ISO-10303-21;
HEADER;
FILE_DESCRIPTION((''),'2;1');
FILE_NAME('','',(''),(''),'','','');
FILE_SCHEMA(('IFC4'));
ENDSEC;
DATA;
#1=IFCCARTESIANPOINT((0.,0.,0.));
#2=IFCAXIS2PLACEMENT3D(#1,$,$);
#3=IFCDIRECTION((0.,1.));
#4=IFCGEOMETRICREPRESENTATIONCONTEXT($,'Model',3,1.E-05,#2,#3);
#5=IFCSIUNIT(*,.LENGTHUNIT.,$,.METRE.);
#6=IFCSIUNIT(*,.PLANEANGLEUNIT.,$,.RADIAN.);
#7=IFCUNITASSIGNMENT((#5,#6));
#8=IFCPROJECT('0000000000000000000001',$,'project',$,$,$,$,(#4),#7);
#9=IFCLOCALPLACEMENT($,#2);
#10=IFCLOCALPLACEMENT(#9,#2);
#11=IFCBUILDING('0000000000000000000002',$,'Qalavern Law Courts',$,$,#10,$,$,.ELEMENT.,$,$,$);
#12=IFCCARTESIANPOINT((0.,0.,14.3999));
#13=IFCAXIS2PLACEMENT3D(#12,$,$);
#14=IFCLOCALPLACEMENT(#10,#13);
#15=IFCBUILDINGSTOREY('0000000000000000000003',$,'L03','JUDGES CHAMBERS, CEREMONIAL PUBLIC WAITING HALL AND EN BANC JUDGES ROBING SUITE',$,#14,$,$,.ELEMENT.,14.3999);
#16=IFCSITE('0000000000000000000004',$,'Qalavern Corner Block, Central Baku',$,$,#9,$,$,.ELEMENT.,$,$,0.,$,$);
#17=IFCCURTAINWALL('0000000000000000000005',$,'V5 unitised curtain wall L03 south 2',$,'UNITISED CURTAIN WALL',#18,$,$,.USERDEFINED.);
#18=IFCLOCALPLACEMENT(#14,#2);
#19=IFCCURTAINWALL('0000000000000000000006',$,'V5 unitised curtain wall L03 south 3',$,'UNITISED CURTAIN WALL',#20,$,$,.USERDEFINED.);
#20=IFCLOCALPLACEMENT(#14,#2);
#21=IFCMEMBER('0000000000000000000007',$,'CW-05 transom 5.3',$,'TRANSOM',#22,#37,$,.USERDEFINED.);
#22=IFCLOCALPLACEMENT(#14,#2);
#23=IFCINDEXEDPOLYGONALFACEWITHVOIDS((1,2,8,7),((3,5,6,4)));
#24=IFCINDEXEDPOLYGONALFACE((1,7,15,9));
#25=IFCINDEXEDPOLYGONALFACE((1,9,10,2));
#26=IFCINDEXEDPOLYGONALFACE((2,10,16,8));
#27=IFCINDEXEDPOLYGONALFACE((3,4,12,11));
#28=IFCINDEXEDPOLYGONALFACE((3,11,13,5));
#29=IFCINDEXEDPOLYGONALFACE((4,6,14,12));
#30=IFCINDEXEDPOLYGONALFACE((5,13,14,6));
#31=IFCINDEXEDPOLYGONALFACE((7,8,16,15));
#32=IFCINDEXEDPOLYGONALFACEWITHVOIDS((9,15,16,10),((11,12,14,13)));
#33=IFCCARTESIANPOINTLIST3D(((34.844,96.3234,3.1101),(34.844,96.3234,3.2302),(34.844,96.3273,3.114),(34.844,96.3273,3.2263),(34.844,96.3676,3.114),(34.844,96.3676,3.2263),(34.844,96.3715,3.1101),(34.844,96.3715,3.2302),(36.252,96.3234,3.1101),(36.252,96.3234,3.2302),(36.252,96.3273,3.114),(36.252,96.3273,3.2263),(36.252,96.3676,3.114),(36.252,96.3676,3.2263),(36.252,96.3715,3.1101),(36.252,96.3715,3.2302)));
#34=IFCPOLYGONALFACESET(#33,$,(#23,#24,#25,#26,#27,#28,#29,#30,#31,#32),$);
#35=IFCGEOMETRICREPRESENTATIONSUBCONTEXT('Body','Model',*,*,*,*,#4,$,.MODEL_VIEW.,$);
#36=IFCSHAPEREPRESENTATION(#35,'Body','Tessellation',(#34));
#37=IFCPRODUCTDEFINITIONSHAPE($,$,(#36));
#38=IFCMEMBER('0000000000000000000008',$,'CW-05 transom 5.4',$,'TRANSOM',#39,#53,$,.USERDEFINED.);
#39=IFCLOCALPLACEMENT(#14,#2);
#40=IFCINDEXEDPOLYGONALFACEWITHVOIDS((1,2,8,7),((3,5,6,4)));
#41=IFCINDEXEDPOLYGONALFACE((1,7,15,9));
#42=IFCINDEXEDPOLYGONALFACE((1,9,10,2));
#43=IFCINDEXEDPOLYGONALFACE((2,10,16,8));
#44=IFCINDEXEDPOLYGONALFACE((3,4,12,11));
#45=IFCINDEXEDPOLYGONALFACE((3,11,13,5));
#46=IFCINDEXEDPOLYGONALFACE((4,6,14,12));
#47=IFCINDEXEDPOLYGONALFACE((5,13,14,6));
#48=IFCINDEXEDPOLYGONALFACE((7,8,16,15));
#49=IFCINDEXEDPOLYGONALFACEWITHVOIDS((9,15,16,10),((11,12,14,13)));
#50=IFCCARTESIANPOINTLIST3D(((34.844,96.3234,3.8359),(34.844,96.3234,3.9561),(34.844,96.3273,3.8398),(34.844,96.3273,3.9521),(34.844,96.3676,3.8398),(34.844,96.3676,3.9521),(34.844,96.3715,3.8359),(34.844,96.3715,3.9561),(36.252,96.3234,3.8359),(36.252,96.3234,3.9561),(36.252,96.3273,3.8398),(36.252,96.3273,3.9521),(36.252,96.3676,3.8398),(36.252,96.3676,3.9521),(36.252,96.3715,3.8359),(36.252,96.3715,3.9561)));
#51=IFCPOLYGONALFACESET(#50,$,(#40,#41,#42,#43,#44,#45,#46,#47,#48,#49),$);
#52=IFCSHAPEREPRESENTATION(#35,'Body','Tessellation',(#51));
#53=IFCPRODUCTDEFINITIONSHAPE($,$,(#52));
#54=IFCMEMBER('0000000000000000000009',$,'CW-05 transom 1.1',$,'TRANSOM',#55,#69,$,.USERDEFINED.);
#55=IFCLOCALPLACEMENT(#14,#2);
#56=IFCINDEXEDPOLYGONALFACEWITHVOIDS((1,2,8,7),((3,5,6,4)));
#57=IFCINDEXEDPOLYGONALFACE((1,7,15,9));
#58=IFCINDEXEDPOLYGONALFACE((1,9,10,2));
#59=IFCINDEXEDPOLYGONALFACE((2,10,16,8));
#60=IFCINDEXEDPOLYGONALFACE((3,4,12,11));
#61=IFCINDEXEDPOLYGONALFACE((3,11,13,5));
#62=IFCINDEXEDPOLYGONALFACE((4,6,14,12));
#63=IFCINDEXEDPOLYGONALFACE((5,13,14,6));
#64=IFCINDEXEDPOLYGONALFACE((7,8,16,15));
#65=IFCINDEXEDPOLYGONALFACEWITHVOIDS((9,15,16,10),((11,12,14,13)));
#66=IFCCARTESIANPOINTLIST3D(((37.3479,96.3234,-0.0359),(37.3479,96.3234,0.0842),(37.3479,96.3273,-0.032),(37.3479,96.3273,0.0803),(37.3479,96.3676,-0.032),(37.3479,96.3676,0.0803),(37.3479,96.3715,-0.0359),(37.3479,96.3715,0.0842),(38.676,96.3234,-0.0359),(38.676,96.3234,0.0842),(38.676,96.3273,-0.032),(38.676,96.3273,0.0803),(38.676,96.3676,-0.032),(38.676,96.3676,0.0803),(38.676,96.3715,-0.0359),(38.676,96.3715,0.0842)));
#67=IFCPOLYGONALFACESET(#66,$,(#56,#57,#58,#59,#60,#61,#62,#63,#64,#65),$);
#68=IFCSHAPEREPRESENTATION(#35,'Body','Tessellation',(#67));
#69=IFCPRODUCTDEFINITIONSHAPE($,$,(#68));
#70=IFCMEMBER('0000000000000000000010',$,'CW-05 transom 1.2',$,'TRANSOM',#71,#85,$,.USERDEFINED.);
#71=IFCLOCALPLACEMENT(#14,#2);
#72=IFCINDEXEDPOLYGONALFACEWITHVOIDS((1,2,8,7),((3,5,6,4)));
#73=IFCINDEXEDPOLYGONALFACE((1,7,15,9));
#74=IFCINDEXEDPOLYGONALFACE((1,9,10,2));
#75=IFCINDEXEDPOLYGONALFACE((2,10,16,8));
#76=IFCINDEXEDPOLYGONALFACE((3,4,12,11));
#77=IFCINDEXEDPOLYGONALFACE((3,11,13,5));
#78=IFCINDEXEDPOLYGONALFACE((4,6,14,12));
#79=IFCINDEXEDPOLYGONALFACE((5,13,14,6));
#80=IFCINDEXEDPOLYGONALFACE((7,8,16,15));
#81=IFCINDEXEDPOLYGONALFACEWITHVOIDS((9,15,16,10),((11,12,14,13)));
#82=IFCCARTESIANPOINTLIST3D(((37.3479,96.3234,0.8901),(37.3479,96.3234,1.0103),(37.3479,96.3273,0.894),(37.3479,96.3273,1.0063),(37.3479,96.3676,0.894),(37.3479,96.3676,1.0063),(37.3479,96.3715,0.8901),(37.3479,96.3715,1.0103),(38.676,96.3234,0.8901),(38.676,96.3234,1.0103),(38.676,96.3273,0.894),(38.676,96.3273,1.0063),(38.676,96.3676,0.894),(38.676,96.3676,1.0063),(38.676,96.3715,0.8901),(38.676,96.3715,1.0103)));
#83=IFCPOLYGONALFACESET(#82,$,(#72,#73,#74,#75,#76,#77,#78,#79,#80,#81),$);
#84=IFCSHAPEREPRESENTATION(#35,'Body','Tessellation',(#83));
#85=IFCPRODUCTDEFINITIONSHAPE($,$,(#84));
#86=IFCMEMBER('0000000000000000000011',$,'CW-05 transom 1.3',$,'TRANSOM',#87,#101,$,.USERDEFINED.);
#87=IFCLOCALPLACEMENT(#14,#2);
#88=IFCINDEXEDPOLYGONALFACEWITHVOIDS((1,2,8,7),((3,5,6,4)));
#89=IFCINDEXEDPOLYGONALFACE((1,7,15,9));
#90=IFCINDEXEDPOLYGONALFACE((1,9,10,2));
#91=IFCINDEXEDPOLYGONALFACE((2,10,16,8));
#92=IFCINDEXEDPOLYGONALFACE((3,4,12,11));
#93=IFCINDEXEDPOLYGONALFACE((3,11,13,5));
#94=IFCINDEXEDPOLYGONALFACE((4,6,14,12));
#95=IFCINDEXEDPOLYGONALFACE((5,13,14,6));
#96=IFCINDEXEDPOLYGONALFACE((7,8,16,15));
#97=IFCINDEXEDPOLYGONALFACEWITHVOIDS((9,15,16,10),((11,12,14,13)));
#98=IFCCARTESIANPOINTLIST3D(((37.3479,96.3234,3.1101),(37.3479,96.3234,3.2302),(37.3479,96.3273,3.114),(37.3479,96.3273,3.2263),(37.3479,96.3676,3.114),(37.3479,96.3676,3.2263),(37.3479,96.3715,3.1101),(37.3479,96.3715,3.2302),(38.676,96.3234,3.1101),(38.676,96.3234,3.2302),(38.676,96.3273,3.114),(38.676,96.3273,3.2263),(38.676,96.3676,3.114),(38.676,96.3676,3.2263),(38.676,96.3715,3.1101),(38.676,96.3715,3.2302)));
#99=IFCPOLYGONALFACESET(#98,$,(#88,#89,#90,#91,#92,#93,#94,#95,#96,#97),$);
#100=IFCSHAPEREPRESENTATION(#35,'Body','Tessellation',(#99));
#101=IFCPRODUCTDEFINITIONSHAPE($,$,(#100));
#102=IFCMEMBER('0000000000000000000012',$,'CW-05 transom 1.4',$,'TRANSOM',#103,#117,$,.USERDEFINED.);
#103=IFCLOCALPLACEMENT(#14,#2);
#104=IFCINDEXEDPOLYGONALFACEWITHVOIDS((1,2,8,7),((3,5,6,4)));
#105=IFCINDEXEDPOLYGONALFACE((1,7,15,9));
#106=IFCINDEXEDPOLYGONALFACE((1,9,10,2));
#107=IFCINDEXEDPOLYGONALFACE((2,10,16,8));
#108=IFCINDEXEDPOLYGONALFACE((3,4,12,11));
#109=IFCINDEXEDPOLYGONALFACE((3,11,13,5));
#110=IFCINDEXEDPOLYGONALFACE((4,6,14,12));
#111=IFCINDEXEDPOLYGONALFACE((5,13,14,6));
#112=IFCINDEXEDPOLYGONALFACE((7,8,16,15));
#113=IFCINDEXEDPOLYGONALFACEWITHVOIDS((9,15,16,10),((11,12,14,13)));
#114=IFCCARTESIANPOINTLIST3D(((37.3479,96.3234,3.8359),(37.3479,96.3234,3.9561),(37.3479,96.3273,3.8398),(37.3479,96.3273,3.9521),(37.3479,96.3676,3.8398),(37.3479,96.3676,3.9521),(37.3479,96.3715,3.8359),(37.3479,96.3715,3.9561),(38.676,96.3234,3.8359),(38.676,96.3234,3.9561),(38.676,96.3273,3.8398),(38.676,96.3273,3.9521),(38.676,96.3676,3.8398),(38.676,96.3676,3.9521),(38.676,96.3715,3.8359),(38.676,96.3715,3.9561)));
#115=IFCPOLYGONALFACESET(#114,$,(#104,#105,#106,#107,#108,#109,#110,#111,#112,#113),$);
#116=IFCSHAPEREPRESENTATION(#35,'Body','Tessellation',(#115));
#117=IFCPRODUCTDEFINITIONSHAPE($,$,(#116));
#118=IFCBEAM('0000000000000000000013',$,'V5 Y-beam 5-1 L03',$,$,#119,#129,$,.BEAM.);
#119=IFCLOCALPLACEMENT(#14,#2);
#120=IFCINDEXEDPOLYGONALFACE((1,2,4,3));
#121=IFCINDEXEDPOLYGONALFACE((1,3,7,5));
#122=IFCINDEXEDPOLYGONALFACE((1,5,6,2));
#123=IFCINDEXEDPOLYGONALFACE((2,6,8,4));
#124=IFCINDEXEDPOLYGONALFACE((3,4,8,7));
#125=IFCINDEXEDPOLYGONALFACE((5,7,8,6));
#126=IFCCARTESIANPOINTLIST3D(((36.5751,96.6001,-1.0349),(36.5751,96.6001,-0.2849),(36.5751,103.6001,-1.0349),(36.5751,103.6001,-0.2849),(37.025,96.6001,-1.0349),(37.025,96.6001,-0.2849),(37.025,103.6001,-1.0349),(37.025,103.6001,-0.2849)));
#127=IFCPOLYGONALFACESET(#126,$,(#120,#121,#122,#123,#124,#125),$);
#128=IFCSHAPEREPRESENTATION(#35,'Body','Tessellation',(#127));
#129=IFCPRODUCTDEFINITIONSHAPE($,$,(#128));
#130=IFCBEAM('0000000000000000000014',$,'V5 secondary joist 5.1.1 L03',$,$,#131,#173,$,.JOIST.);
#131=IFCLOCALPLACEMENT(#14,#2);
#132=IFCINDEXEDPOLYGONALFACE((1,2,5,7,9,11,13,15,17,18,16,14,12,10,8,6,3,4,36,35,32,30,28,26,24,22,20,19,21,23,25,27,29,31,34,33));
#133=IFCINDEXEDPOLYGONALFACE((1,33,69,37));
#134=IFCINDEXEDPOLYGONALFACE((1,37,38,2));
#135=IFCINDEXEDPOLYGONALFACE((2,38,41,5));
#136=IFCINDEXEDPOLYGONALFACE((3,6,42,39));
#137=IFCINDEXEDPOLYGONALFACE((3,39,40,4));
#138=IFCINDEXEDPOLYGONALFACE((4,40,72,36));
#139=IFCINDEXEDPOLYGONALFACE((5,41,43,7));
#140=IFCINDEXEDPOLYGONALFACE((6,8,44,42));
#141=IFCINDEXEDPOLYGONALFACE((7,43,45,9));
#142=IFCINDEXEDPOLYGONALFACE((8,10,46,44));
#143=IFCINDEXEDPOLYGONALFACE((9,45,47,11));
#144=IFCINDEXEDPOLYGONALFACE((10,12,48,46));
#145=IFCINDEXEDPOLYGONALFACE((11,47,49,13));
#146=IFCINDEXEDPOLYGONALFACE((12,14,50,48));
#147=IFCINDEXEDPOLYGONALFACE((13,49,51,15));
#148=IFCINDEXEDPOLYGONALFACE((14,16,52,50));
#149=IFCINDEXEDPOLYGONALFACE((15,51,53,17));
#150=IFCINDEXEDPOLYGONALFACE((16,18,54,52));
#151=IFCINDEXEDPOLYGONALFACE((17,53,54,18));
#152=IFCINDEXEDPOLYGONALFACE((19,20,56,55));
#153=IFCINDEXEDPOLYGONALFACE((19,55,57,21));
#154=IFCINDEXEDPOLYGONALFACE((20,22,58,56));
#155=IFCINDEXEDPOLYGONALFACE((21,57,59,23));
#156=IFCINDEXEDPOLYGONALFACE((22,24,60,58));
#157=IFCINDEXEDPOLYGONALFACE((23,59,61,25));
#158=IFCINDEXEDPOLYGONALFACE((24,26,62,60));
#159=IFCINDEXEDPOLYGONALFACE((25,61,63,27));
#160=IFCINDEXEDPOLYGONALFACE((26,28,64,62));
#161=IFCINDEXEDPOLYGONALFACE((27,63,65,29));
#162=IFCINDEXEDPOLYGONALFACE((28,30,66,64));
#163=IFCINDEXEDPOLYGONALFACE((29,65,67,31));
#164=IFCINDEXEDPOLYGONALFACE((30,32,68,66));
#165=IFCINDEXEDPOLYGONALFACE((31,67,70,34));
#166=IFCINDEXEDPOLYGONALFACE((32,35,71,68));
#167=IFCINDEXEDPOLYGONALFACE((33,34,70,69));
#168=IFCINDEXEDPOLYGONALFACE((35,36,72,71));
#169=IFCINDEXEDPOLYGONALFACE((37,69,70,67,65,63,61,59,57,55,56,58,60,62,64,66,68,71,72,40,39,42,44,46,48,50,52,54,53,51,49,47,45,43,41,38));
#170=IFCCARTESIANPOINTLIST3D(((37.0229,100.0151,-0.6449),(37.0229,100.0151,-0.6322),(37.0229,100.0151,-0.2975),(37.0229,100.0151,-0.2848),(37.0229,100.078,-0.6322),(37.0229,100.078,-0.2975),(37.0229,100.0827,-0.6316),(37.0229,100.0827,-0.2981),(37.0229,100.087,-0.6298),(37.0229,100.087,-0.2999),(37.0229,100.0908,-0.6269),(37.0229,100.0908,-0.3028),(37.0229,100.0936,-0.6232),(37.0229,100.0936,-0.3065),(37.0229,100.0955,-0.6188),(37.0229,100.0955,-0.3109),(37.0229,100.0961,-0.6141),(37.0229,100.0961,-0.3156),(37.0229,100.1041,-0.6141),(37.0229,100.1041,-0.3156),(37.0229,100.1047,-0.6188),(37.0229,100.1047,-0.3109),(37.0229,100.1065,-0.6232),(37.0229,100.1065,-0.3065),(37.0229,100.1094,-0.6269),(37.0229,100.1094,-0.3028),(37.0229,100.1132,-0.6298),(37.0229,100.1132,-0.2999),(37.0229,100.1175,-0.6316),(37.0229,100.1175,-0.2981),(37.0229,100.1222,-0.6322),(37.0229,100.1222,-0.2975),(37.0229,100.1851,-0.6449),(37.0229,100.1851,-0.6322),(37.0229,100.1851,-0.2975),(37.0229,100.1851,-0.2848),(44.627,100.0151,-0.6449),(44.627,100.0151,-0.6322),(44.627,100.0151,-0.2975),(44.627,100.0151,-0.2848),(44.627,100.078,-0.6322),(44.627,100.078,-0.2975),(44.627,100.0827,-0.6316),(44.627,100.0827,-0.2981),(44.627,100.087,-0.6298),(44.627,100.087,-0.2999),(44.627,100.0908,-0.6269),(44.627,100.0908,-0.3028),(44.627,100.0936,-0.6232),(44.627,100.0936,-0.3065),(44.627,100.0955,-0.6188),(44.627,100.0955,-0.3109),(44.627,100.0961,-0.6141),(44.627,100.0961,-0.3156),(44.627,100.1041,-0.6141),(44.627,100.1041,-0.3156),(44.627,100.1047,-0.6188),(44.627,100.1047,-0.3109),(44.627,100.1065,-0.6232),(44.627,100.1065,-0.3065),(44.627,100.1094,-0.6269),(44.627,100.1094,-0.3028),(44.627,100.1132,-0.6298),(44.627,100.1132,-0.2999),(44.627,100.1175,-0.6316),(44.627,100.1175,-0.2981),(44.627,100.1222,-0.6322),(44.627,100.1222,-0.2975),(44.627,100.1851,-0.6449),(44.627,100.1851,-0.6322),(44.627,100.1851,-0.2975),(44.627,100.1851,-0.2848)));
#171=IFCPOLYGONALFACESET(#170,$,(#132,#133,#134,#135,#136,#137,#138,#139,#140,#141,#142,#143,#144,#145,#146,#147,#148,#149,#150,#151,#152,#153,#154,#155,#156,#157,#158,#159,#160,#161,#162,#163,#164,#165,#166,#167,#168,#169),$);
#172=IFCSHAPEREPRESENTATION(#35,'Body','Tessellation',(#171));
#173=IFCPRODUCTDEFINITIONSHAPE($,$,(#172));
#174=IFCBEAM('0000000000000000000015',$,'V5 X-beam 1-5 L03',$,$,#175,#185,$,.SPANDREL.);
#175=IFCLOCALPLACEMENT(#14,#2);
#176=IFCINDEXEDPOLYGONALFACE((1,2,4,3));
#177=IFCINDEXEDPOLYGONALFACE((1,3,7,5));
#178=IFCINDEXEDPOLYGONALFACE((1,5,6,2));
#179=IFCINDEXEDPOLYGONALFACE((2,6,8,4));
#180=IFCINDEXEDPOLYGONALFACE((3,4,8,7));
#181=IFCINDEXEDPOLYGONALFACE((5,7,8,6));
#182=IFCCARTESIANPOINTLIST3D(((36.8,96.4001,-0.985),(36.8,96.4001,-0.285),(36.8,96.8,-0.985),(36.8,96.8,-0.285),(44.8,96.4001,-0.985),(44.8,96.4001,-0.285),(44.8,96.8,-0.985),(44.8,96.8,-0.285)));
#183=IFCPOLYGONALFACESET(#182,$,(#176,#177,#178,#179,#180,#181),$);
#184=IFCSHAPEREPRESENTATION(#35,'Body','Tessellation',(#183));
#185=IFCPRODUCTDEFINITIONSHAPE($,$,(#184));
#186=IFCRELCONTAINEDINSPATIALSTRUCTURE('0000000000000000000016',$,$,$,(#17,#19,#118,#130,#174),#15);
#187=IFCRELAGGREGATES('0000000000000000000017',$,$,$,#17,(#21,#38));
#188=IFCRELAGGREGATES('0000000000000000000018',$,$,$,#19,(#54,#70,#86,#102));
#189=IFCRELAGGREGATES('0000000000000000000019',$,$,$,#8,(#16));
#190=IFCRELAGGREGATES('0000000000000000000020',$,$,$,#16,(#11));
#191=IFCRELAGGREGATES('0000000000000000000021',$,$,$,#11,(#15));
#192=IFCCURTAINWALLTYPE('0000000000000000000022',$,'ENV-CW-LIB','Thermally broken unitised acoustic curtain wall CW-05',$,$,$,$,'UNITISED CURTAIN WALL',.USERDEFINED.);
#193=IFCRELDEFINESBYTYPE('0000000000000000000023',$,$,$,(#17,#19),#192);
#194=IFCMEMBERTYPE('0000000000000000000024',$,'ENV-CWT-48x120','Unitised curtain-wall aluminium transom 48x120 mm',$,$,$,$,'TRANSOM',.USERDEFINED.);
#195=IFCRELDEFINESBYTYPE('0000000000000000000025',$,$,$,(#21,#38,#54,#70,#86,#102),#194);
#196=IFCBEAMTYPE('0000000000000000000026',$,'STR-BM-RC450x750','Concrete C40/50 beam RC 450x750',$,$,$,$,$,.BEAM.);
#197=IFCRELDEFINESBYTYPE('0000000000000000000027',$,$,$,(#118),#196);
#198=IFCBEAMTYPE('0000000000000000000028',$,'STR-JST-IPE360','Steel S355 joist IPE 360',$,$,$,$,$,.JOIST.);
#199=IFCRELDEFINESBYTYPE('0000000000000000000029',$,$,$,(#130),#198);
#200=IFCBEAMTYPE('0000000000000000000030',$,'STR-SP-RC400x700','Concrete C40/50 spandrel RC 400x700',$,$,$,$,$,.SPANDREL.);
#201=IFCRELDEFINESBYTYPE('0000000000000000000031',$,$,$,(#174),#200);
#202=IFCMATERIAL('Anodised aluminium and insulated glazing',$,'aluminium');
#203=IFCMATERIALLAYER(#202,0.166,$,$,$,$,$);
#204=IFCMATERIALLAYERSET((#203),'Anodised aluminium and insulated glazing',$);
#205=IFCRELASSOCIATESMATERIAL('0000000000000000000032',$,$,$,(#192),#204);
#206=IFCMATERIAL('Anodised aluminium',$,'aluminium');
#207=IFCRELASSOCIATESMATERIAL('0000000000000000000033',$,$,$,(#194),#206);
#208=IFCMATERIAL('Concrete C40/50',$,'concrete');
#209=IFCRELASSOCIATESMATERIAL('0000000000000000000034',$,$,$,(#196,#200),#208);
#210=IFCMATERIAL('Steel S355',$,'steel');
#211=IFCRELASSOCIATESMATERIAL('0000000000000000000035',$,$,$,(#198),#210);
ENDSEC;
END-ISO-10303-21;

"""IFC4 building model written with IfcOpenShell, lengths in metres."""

from ifc_helpers import new_model, si_unit, direction, frame, origin, origin_2d, place, context, subcontext, project, spatial, rectangle, hollow_rectangle, i_section, extrude, material, layer, layer_set, material_profile, profile_set, type_object, element, aggregate, save


model = new_model("IFC4")

# Units and contexts
model_context = context("Model", 3, precision=1e-05, world=origin(), true_north=direction((0.0, 1.0)))
body_context = subcontext(model_context, "Body", "Model", "MODEL_VIEW")
ifc_project = project(units=[si_unit("LENGTHUNIT", "METRE"), si_unit("PLANEANGLEUNIT", "RADIAN")], contexts=[model_context])

# Site, building, storey
site_placement = place(None, origin())
site = spatial("IfcSite", under=ifc_project, at=site_placement, Name="Qalavern Corner Block, Central Baku", CompositionType="ELEMENT", RefElevation=0.0)
building_placement = place(site_placement, origin())
building = spatial("IfcBuilding", under=site, at=building_placement, Name="Qalavern Law Courts", CompositionType="ELEMENT")
storey_placement = place(building_placement, frame((0.0, 0.0, 14.3999)))
storey = spatial("IfcBuildingStorey", under=building, at=storey_placement, Name="L03", Description="JUDGES CHAMBERS, CEREMONIAL PUBLIC WAITING HALL AND EN BANC JUDGES ROBING SUITE", CompositionType="ELEMENT", Elevation=14.3999)

# Curtain wall
ifc_material_1 = material(Name="Anodised aluminium and insulated glazing", Category="aluminium")
ifc_layer_1 = layer(ifc_material_1, 0.166)
ifc_layer_set_1 = layer_set([ifc_layer_1], Name="Anodised aluminium and insulated glazing")
curtain_wall_type = type_object("IfcCurtainWallType", Name="ENV-CW-LIB", Description="Thermally broken unitised acoustic curtain wall CW-05", ElementType="UNITISED CURTAIN WALL", PredefinedType="USERDEFINED", material=ifc_layer_set_1)
curtain_wall_1_placement = place(storey_placement, origin())
curtain_wall_1 = element("IfcCurtainWall", 1, at=curtain_wall_1_placement, inside=storey, type_object=curtain_wall_type, Name="V5 unitised curtain wall L03 south 2", ObjectType="UNITISED CURTAIN WALL", PredefinedType="USERDEFINED")
ifc_material_2 = material(Name="Anodised aluminium", Category="aluminium")

# Curtain wall
curtain_wall_2_placement = place(storey_placement, origin())
curtain_wall_2 = element("IfcCurtainWall", 2, at=curtain_wall_2_placement, inside=storey, type_object=curtain_wall_type, Name="V5 unitised curtain wall L03 south 3", ObjectType="UNITISED CURTAIN WALL", PredefinedType="USERDEFINED")

# Members
ifc_material_profile_1 = material_profile(ifc_material_2, hollow_rectangle(XDim=0.0481, YDim=0.1201, WallThickness=0.0039, at=origin_2d()), Name="ALU TRANSOM 48x120")
ifc_profile_set_1 = profile_set([ifc_material_profile_1], Name="Anodised aluminium")
member_type_1 = type_object("IfcMemberType", Name="ENV-CWT-48x120", Description="Unitised curtain-wall aluminium transom 48x120 mm", ElementType="TRANSOM", PredefinedType="USERDEFINED", material=ifc_profile_set_1)
member_1_placement = place(storey_placement, frame((34.844, 96.3474, 3.1702), z_axis=(1.0, 0.0, 0.0), x_axis=(0.0, 1.0, 0.0)))
member_1 = element("IfcMember", 3, at=member_1_placement, type_object=member_type_1, Name="CW-05 transom 5.3", ObjectType="TRANSOM", PredefinedType="USERDEFINED", context=body_context, shape_type="SweptSolid", body=[
    extrude(hollow_rectangle(XDim=0.0481, YDim=0.1201, WallThickness=0.0039, at=origin_2d()), origin(), (0.0, 0.0, 1.0), 1.408),
])
member_2_placement = place(storey_placement, frame((34.844, 96.3474, 3.896), z_axis=(1.0, 0.0, 0.0), x_axis=(0.0, 1.0, 0.0)))
member_2 = element("IfcMember", 4, at=member_2_placement, type_object=member_type_1, Name="CW-05 transom 5.4", ObjectType="TRANSOM", PredefinedType="USERDEFINED", context=body_context, shape_type="SweptSolid", body=[
    extrude(hollow_rectangle(XDim=0.0481, YDim=0.1201, WallThickness=0.0039, at=origin_2d()), origin(), (0.0, 0.0, 1.0), 1.408),
])
member_3_placement = place(storey_placement, frame((37.3479, 96.3474, 0.0242), z_axis=(1.0, 0.0, 0.0), x_axis=(0.0, 1.0, 0.0)))
member_3 = element("IfcMember", 5, at=member_3_placement, type_object=member_type_1, Name="CW-05 transom 1.1", ObjectType="TRANSOM", PredefinedType="USERDEFINED", context=body_context, shape_type="SweptSolid", body=[
    extrude(hollow_rectangle(XDim=0.0481, YDim=0.1201, WallThickness=0.0039, at=origin_2d()), origin(), (0.0, 0.0, 1.0), 1.3281),
])
member_4_placement = place(storey_placement, frame((37.3479, 96.3474, 0.9502), z_axis=(1.0, 0.0, 0.0), x_axis=(0.0, 1.0, 0.0)))
member_4 = element("IfcMember", 6, at=member_4_placement, type_object=member_type_1, Name="CW-05 transom 1.2", ObjectType="TRANSOM", PredefinedType="USERDEFINED", context=body_context, shape_type="SweptSolid", body=[
    extrude(hollow_rectangle(XDim=0.0481, YDim=0.1201, WallThickness=0.0039, at=origin_2d()), origin(), (0.0, 0.0, 1.0), 1.3281),
])
member_5_placement = place(storey_placement, frame((37.3479, 96.3474, 3.1702), z_axis=(1.0, 0.0, 0.0), x_axis=(0.0, 1.0, 0.0)))
member_5 = element("IfcMember", 7, at=member_5_placement, type_object=member_type_1, Name="CW-05 transom 1.3", ObjectType="TRANSOM", PredefinedType="USERDEFINED", context=body_context, shape_type="SweptSolid", body=[
    extrude(hollow_rectangle(XDim=0.0481, YDim=0.1201, WallThickness=0.0039, at=origin_2d()), origin(), (0.0, 0.0, 1.0), 1.3281),
])
member_6_placement = place(storey_placement, frame((37.3479, 96.3474, 3.896), z_axis=(1.0, 0.0, 0.0), x_axis=(0.0, 1.0, 0.0)))
member_6 = element("IfcMember", 8, at=member_6_placement, type_object=member_type_1, Name="CW-05 transom 1.4", ObjectType="TRANSOM", PredefinedType="USERDEFINED", context=body_context, shape_type="SweptSolid", body=[
    extrude(hollow_rectangle(XDim=0.0481, YDim=0.1201, WallThickness=0.0039, at=origin_2d()), origin(), (0.0, 0.0, 1.0), 1.3281),
])

# Beams
ifc_material_3 = material(Name="Concrete C40/50", Category="concrete")
ifc_material_profile_2 = material_profile(ifc_material_3, rectangle(XDim=0.45, YDim=0.75, at=origin_2d()), Name="RC 450x750")
ifc_profile_set_2 = profile_set([ifc_material_profile_2], Name="Concrete C40/50")
beam_type_1 = type_object("IfcBeamType", Name="STR-BM-RC450x750", Description="Concrete C40/50 beam RC 450x750", PredefinedType="BEAM", material=ifc_profile_set_2)
beam_1_placement = place(storey_placement, frame((36.8, 96.6001, -0.6599), z_axis=(0.0, 1.0, 0.0), x_axis=(-1.0, 0.0, 0.0)))
element("IfcBeam", 9, at=beam_1_placement, inside=storey, type_object=beam_type_1, Name="V5 Y-beam 5-1 L03", PredefinedType="BEAM", context=body_context, shape_type="SweptSolid", body=[
    extrude(rectangle(XDim=0.45, YDim=0.75, at=origin_2d()), origin(), (0.0, 0.0, 1.0), 7.0),
])
ifc_material_4 = material(Name="Steel S355", Category="steel")
ifc_material_profile_3 = material_profile(ifc_material_4, i_section(OverallWidth=0.1699, OverallDepth=0.3601, WebThickness=0.0081, FlangeThickness=0.0127, FilletRadius=0.0181, at=origin_2d()), Name="IPE 360")
ifc_profile_set_3 = profile_set([ifc_material_profile_3], Name="Steel S355")
beam_type_2 = type_object("IfcBeamType", Name="STR-JST-IPE360", Description="Steel S355 joist IPE 360", PredefinedType="JOIST", material=ifc_profile_set_3)
beam_2_placement = place(storey_placement, frame((37.0229, 100.1001, -0.4648), z_axis=(1.0, 0.0, 0.0), x_axis=(0.0, 1.0, 0.0)))
element("IfcBeam", 10, at=beam_2_placement, inside=storey, type_object=beam_type_2, Name="V5 secondary joist 5.1.1 L03", PredefinedType="JOIST", context=body_context, shape_type="SweptSolid", body=[
    extrude(i_section(OverallWidth=0.1699, OverallDepth=0.3601, WebThickness=0.0081, FlangeThickness=0.0127, FilletRadius=0.0181, at=origin_2d()), origin(), (0.0, 0.0, 1.0), 7.604),
])
ifc_material_profile_4 = material_profile(ifc_material_3, rectangle(XDim=0.3999, YDim=0.7, at=origin_2d()), Name="RC 400x700")
ifc_profile_set_4 = profile_set([ifc_material_profile_4], Name="Concrete C40/50")
beam_type_3 = type_object("IfcBeamType", Name="STR-SP-RC400x700", Description="Concrete C40/50 spandrel RC 400x700", PredefinedType="SPANDREL", material=ifc_profile_set_4)
beam_3_placement = place(storey_placement, frame((36.8, 96.6001, -0.635), z_axis=(1.0, 0.0, 0.0), x_axis=(0.0, 1.0, 0.0)))
element("IfcBeam", 11, at=beam_3_placement, inside=storey, type_object=beam_type_3, Name="V5 X-beam 1-5 L03", PredefinedType="SPANDREL", context=body_context, shape_type="SweptSolid", body=[
    extrude(rectangle(XDim=0.3999, YDim=0.7, at=origin_2d()), origin(), (0.0, 0.0, 1.0), 8.0),
])

aggregate(curtain_wall_1, [member_1, member_2])
aggregate(curtain_wall_2, [member_3, member_4, member_5, member_6])

save(model, "model.ifc")
